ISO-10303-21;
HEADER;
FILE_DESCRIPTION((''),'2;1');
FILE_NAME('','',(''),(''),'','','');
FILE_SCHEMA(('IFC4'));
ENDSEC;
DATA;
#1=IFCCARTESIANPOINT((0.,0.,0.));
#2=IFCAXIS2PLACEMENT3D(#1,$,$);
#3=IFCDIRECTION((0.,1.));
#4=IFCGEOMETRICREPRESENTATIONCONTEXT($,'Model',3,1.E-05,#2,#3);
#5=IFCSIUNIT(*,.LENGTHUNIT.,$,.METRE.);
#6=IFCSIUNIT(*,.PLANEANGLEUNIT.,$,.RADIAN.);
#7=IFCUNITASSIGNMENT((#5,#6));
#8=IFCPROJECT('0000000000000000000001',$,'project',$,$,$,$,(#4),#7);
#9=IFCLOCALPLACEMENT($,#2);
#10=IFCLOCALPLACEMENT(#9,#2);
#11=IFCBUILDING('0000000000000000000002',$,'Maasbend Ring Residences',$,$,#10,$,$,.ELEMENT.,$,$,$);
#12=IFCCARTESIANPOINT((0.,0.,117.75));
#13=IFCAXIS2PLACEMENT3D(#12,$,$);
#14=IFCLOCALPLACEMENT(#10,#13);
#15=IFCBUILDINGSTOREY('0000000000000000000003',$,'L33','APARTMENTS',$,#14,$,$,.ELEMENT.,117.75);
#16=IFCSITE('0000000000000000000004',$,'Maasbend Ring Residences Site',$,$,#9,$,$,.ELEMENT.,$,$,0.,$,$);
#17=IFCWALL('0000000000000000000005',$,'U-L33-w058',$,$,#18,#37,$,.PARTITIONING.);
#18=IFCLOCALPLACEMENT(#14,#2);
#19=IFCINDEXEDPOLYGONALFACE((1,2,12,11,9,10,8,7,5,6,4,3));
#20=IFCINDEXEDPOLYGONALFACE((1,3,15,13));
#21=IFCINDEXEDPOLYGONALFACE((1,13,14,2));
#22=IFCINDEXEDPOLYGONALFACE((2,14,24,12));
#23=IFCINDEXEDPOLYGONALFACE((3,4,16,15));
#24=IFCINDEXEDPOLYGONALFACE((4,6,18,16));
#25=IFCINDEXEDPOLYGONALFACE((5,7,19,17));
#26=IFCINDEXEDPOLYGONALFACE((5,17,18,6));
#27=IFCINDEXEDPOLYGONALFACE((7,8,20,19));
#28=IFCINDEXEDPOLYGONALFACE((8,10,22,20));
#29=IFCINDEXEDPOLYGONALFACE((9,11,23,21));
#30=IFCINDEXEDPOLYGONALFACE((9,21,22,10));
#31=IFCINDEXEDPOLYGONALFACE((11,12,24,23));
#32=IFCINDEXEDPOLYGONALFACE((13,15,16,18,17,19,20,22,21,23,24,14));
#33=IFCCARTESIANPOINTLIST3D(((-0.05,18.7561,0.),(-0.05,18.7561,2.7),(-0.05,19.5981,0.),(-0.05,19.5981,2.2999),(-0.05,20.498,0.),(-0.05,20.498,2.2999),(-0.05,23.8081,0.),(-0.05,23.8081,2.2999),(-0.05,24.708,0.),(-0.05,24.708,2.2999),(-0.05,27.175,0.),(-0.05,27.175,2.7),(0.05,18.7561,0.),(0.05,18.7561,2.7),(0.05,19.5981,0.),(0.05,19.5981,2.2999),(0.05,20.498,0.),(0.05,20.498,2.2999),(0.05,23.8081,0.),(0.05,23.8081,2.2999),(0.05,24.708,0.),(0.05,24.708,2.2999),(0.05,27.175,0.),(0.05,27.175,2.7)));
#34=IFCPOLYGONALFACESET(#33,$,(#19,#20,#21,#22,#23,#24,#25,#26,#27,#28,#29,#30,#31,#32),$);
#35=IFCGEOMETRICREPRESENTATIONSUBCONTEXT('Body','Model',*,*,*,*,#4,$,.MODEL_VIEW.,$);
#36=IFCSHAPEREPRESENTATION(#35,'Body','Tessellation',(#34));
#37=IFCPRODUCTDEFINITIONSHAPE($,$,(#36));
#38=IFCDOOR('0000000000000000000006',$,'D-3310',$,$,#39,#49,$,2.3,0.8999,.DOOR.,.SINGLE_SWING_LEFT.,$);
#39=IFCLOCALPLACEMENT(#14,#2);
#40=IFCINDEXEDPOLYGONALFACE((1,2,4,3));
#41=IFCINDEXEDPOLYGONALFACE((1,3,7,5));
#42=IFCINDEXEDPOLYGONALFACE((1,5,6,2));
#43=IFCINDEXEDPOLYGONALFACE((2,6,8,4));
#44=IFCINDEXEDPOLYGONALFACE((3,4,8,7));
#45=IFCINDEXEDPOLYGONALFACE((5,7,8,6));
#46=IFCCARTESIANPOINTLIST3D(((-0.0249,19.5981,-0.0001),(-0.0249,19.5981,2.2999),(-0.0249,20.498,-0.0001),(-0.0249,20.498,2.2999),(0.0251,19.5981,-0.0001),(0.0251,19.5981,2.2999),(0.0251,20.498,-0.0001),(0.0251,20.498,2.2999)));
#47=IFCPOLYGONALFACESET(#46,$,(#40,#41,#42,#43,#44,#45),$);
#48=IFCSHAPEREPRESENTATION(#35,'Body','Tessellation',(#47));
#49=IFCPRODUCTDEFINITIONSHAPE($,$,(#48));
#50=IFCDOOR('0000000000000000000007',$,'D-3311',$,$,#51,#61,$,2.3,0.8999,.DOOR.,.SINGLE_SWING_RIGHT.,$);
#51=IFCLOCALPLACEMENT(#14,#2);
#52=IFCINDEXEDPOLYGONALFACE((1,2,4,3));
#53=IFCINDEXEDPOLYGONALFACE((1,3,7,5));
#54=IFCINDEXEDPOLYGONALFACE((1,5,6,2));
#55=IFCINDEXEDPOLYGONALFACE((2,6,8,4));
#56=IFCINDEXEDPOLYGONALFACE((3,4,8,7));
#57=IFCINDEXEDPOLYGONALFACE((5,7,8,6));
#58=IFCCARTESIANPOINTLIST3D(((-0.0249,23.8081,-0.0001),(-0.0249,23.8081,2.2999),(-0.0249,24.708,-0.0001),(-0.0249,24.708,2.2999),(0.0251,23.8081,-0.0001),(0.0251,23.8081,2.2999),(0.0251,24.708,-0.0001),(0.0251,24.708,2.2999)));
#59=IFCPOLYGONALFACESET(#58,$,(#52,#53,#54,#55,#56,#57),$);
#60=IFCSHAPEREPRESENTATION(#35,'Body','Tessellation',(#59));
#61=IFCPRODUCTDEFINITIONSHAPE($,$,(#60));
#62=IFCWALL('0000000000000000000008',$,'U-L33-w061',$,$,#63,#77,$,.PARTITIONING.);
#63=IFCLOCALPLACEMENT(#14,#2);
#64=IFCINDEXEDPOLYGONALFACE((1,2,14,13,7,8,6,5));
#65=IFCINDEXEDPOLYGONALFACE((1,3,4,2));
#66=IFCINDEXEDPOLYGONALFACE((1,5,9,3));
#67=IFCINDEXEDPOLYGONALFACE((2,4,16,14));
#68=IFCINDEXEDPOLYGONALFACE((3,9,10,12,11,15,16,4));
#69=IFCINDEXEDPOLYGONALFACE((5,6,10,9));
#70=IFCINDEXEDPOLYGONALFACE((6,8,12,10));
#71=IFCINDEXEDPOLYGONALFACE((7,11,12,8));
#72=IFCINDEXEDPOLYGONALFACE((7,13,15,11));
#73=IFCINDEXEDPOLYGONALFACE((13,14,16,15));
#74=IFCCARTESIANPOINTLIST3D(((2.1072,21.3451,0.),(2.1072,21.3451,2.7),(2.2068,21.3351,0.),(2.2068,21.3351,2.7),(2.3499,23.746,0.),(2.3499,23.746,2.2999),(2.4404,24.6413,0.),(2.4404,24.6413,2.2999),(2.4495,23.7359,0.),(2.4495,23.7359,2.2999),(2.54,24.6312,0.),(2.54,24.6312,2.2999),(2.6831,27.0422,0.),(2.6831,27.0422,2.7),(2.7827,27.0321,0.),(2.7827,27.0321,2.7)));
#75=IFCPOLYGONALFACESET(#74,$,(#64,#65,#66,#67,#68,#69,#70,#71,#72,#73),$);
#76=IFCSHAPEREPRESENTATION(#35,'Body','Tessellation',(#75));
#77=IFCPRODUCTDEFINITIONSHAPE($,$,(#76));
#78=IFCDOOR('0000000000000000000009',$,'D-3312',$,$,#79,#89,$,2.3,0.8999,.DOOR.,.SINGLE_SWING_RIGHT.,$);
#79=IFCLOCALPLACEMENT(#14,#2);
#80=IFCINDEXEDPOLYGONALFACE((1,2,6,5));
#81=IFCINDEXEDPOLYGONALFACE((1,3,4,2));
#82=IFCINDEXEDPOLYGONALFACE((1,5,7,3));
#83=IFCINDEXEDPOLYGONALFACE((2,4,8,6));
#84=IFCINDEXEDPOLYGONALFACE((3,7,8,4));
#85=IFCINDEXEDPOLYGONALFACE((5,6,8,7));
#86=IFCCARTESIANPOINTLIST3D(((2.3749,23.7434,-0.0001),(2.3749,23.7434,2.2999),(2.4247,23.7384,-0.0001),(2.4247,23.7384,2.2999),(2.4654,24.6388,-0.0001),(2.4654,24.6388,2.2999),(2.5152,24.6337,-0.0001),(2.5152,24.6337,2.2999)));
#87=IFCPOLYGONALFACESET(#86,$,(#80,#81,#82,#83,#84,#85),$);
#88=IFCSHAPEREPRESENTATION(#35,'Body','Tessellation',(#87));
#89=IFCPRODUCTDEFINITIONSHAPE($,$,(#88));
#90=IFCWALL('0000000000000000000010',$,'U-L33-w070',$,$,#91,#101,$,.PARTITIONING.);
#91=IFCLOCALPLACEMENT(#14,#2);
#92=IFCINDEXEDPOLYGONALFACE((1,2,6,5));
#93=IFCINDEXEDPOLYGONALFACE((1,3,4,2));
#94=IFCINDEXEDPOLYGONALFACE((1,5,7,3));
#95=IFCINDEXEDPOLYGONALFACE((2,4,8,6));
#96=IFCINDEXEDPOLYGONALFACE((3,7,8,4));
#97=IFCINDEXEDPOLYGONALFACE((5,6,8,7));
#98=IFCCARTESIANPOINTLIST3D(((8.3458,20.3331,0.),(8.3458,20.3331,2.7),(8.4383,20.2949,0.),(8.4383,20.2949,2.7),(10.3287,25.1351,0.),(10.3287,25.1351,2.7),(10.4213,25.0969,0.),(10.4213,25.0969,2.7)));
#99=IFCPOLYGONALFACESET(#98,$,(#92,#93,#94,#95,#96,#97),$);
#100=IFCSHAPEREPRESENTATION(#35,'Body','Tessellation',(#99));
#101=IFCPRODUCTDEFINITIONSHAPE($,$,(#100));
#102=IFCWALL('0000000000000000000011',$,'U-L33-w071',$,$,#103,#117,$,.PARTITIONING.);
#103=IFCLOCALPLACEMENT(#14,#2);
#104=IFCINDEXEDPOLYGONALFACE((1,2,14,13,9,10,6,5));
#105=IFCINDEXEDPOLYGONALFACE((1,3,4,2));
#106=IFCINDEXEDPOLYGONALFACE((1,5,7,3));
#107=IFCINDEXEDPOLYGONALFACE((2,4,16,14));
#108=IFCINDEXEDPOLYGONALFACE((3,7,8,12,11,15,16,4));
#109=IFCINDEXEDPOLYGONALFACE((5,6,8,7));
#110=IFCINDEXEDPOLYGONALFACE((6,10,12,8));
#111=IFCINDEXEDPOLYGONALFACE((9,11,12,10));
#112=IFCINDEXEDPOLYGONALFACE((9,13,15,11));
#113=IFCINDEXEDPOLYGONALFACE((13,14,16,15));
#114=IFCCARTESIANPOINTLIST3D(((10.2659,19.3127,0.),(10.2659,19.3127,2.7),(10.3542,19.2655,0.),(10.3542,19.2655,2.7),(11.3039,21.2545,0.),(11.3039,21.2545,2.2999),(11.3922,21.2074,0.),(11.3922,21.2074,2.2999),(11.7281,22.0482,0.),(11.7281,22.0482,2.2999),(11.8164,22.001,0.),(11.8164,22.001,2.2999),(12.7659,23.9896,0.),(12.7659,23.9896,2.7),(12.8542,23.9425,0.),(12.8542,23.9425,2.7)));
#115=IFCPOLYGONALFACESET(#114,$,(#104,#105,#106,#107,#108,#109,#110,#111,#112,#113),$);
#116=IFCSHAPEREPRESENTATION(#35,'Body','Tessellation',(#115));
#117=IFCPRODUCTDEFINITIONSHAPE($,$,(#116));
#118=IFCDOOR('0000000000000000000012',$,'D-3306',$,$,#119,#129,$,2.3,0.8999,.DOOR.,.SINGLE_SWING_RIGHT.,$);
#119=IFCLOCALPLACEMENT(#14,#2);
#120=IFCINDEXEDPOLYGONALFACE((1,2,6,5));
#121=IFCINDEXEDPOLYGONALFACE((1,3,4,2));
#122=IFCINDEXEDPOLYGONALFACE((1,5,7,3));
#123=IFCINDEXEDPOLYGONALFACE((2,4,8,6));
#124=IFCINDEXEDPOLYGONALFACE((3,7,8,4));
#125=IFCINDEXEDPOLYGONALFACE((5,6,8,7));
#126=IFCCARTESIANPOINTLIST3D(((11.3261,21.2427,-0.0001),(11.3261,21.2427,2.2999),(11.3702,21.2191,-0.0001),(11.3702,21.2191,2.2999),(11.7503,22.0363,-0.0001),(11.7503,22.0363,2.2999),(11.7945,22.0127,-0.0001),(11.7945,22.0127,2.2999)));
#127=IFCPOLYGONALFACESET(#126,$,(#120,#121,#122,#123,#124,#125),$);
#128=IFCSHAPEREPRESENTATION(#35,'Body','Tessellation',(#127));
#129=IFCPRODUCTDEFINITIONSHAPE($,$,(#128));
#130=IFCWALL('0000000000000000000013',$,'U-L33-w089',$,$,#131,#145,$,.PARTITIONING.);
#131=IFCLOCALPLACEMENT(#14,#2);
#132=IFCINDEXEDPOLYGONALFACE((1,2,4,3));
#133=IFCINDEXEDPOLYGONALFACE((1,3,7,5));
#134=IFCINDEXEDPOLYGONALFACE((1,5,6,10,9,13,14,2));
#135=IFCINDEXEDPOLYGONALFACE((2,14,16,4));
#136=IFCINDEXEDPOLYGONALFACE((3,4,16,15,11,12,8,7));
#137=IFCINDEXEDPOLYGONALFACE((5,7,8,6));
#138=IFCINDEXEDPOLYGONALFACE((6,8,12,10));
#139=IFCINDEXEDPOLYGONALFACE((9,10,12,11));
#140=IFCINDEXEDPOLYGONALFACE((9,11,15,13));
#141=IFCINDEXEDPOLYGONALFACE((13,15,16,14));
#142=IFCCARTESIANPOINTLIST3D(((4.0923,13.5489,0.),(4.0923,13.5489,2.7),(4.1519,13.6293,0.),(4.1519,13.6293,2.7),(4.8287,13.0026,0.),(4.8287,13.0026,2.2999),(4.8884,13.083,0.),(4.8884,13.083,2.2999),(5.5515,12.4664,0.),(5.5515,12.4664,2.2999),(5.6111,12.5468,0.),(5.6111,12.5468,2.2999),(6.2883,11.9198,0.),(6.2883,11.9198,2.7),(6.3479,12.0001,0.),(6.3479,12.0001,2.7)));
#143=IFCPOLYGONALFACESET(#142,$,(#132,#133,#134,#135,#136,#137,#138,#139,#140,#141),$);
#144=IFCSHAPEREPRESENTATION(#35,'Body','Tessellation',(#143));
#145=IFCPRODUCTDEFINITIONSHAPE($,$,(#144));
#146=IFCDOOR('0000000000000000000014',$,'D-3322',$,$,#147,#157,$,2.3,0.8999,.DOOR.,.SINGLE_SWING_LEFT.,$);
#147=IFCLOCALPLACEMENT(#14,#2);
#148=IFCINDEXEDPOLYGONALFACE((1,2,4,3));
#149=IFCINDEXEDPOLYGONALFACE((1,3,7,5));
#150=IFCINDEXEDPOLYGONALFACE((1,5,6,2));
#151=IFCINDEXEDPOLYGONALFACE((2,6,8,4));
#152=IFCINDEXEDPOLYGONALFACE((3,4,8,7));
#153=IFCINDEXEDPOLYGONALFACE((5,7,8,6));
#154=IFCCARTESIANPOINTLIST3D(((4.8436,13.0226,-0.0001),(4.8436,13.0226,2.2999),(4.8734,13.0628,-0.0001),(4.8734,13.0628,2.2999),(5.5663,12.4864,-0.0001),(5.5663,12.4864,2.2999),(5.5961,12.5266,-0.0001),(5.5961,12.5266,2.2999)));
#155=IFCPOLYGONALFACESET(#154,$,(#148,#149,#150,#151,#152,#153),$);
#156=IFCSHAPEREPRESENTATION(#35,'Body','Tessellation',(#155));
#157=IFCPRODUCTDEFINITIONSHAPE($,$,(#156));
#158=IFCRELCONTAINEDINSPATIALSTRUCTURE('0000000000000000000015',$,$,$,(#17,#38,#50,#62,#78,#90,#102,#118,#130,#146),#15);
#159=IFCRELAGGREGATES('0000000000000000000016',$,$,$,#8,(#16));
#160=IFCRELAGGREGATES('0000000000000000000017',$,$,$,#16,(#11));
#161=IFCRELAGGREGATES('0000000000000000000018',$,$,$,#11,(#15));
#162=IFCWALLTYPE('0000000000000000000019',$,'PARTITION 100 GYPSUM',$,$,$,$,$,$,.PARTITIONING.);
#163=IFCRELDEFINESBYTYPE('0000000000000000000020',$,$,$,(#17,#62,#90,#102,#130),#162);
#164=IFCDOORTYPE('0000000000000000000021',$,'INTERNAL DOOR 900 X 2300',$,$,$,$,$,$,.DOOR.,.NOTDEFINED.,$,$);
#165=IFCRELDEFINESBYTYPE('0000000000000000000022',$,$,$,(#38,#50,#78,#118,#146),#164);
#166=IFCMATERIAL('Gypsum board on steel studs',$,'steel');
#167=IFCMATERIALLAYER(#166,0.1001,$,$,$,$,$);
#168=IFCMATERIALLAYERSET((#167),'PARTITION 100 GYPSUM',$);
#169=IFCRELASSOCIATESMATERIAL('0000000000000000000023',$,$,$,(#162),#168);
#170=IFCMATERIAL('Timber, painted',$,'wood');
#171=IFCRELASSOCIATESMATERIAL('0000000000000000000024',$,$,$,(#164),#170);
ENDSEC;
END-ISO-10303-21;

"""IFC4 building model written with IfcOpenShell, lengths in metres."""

from ifc_helpers import new_model, si_unit, direction, frame, frame_2d, origin, place, context, subcontext, project, spatial, rectangle, extrude, material, layer, layer_set, type_object, element, fill, save


model = new_model("IFC4")

# Units and contexts
model_context = context("Model", 3, precision=1e-05, world=origin(), true_north=direction((0.0, 1.0)))
body_context = subcontext(model_context, "Body", "Model", "MODEL_VIEW")
ifc_project = project(units=[si_unit("LENGTHUNIT", "METRE"), si_unit("PLANEANGLEUNIT", "RADIAN")], contexts=[model_context])

# Site, building, storey
site_placement = place(None, origin())
site = spatial("IfcSite", under=ifc_project, at=site_placement, Name="Maasbend Ring Residences Site", CompositionType="ELEMENT", RefElevation=0.0)
building_placement = place(site_placement, origin())
building = spatial("IfcBuilding", under=site, at=building_placement, Name="Maasbend Ring Residences", CompositionType="ELEMENT")
storey_placement = place(building_placement, frame((0.0, 0.0, 117.75)))
storey = spatial("IfcBuildingStorey", under=building, at=storey_placement, Name="L33", Description="APARTMENTS", CompositionType="ELEMENT", Elevation=117.75)

# Wall, openings, doors
ifc_material_1 = material(Name="Gypsum board on steel studs", Category="steel")
ifc_layer_1 = layer(ifc_material_1, 0.1001)
ifc_layer_set_1 = layer_set([ifc_layer_1], Name="PARTITION 100 GYPSUM")
wall_type_1 = type_object("IfcWallType", Name="PARTITION 100 GYPSUM", PredefinedType="PARTITIONING", material=ifc_layer_set_1)
wall_1_placement = place(storey_placement, frame((0.0, 18.7561, 0.0), z_axis=(0.0, 0.0, 1.0), x_axis=(0.0, 1.0, 0.0)))
wall_1 = element("IfcWall", 1, at=wall_1_placement, inside=storey, type_object=wall_type_1, Name="U-L33-w058", PredefinedType="PARTITIONING", context=body_context, shape_type="SweptSolid", body=[
    extrude(rectangle(XDim=8.4189, YDim=0.1001, at=frame_2d((4.2095, 0.0))), origin(), (0.0, 0.0, 1.0), 2.7),
])
opening_1_placement = place(wall_1_placement, frame((0.842, 0.0, 0.0)))
opening_1 = element("IfcOpeningElement", 2, at=opening_1_placement, cuts=wall_1, PredefinedType="OPENING", context=body_context, shape_type="SweptSolid", body=[
    extrude(rectangle(XDim=0.8999, YDim=2.3, at=frame_2d((0.45, 1.1499))), frame((0.0, 0.0601, 0.0), z_axis=(0.0, -1.0, 0.0), x_axis=(1.0, 0.0, 0.0)), (0.0, 0.0, 1.0), 0.1201),
])
opening_2_placement = place(wall_1_placement, frame((5.052, 0.0, 0.0)))
opening_2 = element("IfcOpeningElement", 3, at=opening_2_placement, cuts=wall_1, PredefinedType="OPENING", context=body_context, shape_type="SweptSolid", body=[
    extrude(rectangle(XDim=0.8999, YDim=2.3, at=frame_2d((0.45, 1.1499))), frame((0.0, 0.0601, 0.0), z_axis=(0.0, -1.0, 0.0), x_axis=(1.0, 0.0, 0.0)), (0.0, 0.0, 1.0), 0.1201),
])
ifc_material_2 = material(Name="Timber, painted", Category="wood")
door_type_1 = type_object("IfcDoorType", Name="INTERNAL DOOR 900 X 2300", OperationType="NOTDEFINED", PredefinedType="DOOR", material=ifc_material_2)
door_1_placement = place(opening_1_placement, origin())
door_1 = element("IfcDoor", 4, at=door_1_placement, inside=storey, type_object=door_type_1, Name="D-3310", OperationType="SINGLE_SWING_LEFT", OverallHeight=2.3, OverallWidth=0.8999, PredefinedType="DOOR", context=body_context, shape_type="SweptSolid", body=[
    extrude(rectangle(XDim=0.8999, YDim=2.3, at=frame_2d((0.45, 1.1499))), frame((0.0, 0.0249, 0.0), z_axis=(0.0, -1.0, 0.0), x_axis=(1.0, 0.0, 0.0)), (0.0, 0.0, 1.0), 0.05),
])
fill(opening_1, door_1)
door_2_placement = place(opening_2_placement, origin())
door_2 = element("IfcDoor", 5, at=door_2_placement, inside=storey, type_object=door_type_1, Name="D-3311", OperationType="SINGLE_SWING_RIGHT", OverallHeight=2.3, OverallWidth=0.8999, PredefinedType="DOOR", context=body_context, shape_type="SweptSolid", body=[
    extrude(rectangle(XDim=0.8999, YDim=2.3, at=frame_2d((0.45, 1.1499))), frame((0.0, 0.0249, 0.0), z_axis=(0.0, -1.0, 0.0), x_axis=(1.0, 0.0, 0.0)), (0.0, 0.0, 1.0), 0.05),
])
fill(opening_2, door_2)

# Wall, opening, door
wall_2_placement = place(storey_placement, frame((2.157, 21.3401, 0.0), z_axis=(0.0, 0.0, 1.0), x_axis=(0.10058, 0.994929, 0.0)))
wall_2 = element("IfcWall", 6, at=wall_2_placement, inside=storey, type_object=wall_type_1, Name="U-L33-w061", PredefinedType="PARTITIONING", context=body_context, shape_type="SweptSolid", body=[
    extrude(rectangle(XDim=5.7261, YDim=0.1001, at=frame_2d((2.863, 0.0))), origin(), (0.0, 0.0, 1.0), 2.7),
])
opening_3_placement = place(wall_2_placement, frame((2.4131, 0.0, 0.0)))
opening_3 = element("IfcOpeningElement", 7, at=opening_3_placement, cuts=wall_2, PredefinedType="OPENING", context=body_context, shape_type="SweptSolid", body=[
    extrude(rectangle(XDim=0.8999, YDim=2.3, at=frame_2d((0.45, 1.1499))), frame((0.0, 0.0601, 0.0), z_axis=(0.0, -1.0, 0.0), x_axis=(1.0, 0.0, 0.0)), (0.0, 0.0, 1.0), 0.1201),
])
door_3_placement = place(opening_3_placement, origin())
door_3 = element("IfcDoor", 8, at=door_3_placement, inside=storey, type_object=door_type_1, Name="D-3312", OperationType="SINGLE_SWING_RIGHT", OverallHeight=2.3, OverallWidth=0.8999, PredefinedType="DOOR", context=body_context, shape_type="SweptSolid", body=[
    extrude(rectangle(XDim=0.8999, YDim=2.3, at=frame_2d((0.45, 1.1499))), frame((0.0, 0.0249, 0.0), z_axis=(0.0, -1.0, 0.0), x_axis=(1.0, 0.0, 0.0)), (0.0, 0.0, 1.0), 0.05),
])
fill(opening_3, door_3)

# Wall
wall_3_placement = place(storey_placement, frame((8.3921, 20.314, 0.0), z_axis=(0.0, 0.0, 1.0), x_axis=(0.381674, 0.924297, 0.0)))
element("IfcWall", 9, at=wall_3_placement, inside=storey, type_object=wall_type_1, Name="U-L33-w070", PredefinedType="PARTITIONING", context=body_context, shape_type="SweptSolid", body=[
    extrude(rectangle(XDim=5.1953, YDim=0.1001, at=frame_2d((2.5977, 0.0))), origin(), (0.0, 0.0, 1.0), 2.7),
])

# Walls, openings, doors
wall_4_placement = place(storey_placement, frame((10.3101, 19.2891, 0.0), z_axis=(0.0, 0.0, 1.0), x_axis=(0.47141, 0.881914, 0.0)))
wall_4 = element("IfcWall", 10, at=wall_4_placement, inside=storey, type_object=wall_type_1, Name="U-L33-w071", PredefinedType="PARTITIONING", context=body_context, shape_type="SweptSolid", body=[
    extrude(rectangle(XDim=5.3032, YDim=0.1001, at=frame_2d((2.6516, 0.0))), origin(), (0.0, 0.0, 1.0), 2.7),
])
opening_4_placement = place(wall_4_placement, frame((2.2019, 0.0, 0.0)))
opening_4 = element("IfcOpeningElement", 11, at=opening_4_placement, cuts=wall_4, PredefinedType="OPENING", context=body_context, shape_type="SweptSolid", body=[
    extrude(rectangle(XDim=0.8999, YDim=2.3, at=frame_2d((0.45, 1.1499))), frame((0.0, 0.0601, 0.0), z_axis=(0.0, -1.0, 0.0), x_axis=(1.0, 0.0, 0.0)), (0.0, 0.0, 1.0), 0.1201),
])
door_4_placement = place(opening_4_placement, origin())
door_4 = element("IfcDoor", 12, at=door_4_placement, inside=storey, type_object=door_type_1, Name="D-3306", OperationType="SINGLE_SWING_RIGHT", OverallHeight=2.3, OverallWidth=0.8999, PredefinedType="DOOR", context=body_context, shape_type="SweptSolid", body=[
    extrude(rectangle(XDim=0.8999, YDim=2.3, at=frame_2d((0.45, 1.1499))), frame((0.0, 0.0249, 0.0), z_axis=(0.0, -1.0, 0.0), x_axis=(1.0, 0.0, 0.0)), (0.0, 0.0, 1.0), 0.05),
])
fill(opening_4, door_4)
wall_5_placement = place(storey_placement, frame((4.1221, 13.5891, 0.0), z_axis=(0.0, 0.0, 1.0), x_axis=(0.803128, -0.595806, 0.0)))
wall_5 = element("IfcWall", 13, at=wall_5_placement, inside=storey, type_object=wall_type_1, Name="U-L33-w089", PredefinedType="PARTITIONING", context=body_context, shape_type="SweptSolid", body=[
    extrude(rectangle(XDim=2.7344, YDim=0.1001, at=frame_2d((1.3672, 0.0))), origin(), (0.0, 0.0, 1.0), 2.7),
])
opening_5_placement = place(wall_5_placement, frame((0.917, 0.0, 0.0)))
opening_5 = element("IfcOpeningElement", 14, at=opening_5_placement, cuts=wall_5, PredefinedType="OPENING", context=body_context, shape_type="SweptSolid", body=[
    extrude(rectangle(XDim=0.8999, YDim=2.3, at=frame_2d((0.45, 1.1499))), frame((0.0, 0.0601, 0.0), z_axis=(0.0, -1.0, 0.0), x_axis=(1.0, 0.0, 0.0)), (0.0, 0.0, 1.0), 0.1201),
])
door_5_placement = place(opening_5_placement, origin())
door_5 = element("IfcDoor", 15, at=door_5_placement, inside=storey, type_object=door_type_1, Name="D-3322", OperationType="SINGLE_SWING_LEFT", OverallHeight=2.3, OverallWidth=0.8999, PredefinedType="DOOR", context=body_context, shape_type="SweptSolid", body=[
    extrude(rectangle(XDim=0.8999, YDim=2.3, at=frame_2d((0.45, 1.1499))), frame((0.0, 0.0249, 0.0), z_axis=(0.0, -1.0, 0.0), x_axis=(1.0, 0.0, 0.0)), (0.0, 0.0, 1.0), 0.05),
])
fill(opening_5, door_5)

save(model, "model.ifc")
